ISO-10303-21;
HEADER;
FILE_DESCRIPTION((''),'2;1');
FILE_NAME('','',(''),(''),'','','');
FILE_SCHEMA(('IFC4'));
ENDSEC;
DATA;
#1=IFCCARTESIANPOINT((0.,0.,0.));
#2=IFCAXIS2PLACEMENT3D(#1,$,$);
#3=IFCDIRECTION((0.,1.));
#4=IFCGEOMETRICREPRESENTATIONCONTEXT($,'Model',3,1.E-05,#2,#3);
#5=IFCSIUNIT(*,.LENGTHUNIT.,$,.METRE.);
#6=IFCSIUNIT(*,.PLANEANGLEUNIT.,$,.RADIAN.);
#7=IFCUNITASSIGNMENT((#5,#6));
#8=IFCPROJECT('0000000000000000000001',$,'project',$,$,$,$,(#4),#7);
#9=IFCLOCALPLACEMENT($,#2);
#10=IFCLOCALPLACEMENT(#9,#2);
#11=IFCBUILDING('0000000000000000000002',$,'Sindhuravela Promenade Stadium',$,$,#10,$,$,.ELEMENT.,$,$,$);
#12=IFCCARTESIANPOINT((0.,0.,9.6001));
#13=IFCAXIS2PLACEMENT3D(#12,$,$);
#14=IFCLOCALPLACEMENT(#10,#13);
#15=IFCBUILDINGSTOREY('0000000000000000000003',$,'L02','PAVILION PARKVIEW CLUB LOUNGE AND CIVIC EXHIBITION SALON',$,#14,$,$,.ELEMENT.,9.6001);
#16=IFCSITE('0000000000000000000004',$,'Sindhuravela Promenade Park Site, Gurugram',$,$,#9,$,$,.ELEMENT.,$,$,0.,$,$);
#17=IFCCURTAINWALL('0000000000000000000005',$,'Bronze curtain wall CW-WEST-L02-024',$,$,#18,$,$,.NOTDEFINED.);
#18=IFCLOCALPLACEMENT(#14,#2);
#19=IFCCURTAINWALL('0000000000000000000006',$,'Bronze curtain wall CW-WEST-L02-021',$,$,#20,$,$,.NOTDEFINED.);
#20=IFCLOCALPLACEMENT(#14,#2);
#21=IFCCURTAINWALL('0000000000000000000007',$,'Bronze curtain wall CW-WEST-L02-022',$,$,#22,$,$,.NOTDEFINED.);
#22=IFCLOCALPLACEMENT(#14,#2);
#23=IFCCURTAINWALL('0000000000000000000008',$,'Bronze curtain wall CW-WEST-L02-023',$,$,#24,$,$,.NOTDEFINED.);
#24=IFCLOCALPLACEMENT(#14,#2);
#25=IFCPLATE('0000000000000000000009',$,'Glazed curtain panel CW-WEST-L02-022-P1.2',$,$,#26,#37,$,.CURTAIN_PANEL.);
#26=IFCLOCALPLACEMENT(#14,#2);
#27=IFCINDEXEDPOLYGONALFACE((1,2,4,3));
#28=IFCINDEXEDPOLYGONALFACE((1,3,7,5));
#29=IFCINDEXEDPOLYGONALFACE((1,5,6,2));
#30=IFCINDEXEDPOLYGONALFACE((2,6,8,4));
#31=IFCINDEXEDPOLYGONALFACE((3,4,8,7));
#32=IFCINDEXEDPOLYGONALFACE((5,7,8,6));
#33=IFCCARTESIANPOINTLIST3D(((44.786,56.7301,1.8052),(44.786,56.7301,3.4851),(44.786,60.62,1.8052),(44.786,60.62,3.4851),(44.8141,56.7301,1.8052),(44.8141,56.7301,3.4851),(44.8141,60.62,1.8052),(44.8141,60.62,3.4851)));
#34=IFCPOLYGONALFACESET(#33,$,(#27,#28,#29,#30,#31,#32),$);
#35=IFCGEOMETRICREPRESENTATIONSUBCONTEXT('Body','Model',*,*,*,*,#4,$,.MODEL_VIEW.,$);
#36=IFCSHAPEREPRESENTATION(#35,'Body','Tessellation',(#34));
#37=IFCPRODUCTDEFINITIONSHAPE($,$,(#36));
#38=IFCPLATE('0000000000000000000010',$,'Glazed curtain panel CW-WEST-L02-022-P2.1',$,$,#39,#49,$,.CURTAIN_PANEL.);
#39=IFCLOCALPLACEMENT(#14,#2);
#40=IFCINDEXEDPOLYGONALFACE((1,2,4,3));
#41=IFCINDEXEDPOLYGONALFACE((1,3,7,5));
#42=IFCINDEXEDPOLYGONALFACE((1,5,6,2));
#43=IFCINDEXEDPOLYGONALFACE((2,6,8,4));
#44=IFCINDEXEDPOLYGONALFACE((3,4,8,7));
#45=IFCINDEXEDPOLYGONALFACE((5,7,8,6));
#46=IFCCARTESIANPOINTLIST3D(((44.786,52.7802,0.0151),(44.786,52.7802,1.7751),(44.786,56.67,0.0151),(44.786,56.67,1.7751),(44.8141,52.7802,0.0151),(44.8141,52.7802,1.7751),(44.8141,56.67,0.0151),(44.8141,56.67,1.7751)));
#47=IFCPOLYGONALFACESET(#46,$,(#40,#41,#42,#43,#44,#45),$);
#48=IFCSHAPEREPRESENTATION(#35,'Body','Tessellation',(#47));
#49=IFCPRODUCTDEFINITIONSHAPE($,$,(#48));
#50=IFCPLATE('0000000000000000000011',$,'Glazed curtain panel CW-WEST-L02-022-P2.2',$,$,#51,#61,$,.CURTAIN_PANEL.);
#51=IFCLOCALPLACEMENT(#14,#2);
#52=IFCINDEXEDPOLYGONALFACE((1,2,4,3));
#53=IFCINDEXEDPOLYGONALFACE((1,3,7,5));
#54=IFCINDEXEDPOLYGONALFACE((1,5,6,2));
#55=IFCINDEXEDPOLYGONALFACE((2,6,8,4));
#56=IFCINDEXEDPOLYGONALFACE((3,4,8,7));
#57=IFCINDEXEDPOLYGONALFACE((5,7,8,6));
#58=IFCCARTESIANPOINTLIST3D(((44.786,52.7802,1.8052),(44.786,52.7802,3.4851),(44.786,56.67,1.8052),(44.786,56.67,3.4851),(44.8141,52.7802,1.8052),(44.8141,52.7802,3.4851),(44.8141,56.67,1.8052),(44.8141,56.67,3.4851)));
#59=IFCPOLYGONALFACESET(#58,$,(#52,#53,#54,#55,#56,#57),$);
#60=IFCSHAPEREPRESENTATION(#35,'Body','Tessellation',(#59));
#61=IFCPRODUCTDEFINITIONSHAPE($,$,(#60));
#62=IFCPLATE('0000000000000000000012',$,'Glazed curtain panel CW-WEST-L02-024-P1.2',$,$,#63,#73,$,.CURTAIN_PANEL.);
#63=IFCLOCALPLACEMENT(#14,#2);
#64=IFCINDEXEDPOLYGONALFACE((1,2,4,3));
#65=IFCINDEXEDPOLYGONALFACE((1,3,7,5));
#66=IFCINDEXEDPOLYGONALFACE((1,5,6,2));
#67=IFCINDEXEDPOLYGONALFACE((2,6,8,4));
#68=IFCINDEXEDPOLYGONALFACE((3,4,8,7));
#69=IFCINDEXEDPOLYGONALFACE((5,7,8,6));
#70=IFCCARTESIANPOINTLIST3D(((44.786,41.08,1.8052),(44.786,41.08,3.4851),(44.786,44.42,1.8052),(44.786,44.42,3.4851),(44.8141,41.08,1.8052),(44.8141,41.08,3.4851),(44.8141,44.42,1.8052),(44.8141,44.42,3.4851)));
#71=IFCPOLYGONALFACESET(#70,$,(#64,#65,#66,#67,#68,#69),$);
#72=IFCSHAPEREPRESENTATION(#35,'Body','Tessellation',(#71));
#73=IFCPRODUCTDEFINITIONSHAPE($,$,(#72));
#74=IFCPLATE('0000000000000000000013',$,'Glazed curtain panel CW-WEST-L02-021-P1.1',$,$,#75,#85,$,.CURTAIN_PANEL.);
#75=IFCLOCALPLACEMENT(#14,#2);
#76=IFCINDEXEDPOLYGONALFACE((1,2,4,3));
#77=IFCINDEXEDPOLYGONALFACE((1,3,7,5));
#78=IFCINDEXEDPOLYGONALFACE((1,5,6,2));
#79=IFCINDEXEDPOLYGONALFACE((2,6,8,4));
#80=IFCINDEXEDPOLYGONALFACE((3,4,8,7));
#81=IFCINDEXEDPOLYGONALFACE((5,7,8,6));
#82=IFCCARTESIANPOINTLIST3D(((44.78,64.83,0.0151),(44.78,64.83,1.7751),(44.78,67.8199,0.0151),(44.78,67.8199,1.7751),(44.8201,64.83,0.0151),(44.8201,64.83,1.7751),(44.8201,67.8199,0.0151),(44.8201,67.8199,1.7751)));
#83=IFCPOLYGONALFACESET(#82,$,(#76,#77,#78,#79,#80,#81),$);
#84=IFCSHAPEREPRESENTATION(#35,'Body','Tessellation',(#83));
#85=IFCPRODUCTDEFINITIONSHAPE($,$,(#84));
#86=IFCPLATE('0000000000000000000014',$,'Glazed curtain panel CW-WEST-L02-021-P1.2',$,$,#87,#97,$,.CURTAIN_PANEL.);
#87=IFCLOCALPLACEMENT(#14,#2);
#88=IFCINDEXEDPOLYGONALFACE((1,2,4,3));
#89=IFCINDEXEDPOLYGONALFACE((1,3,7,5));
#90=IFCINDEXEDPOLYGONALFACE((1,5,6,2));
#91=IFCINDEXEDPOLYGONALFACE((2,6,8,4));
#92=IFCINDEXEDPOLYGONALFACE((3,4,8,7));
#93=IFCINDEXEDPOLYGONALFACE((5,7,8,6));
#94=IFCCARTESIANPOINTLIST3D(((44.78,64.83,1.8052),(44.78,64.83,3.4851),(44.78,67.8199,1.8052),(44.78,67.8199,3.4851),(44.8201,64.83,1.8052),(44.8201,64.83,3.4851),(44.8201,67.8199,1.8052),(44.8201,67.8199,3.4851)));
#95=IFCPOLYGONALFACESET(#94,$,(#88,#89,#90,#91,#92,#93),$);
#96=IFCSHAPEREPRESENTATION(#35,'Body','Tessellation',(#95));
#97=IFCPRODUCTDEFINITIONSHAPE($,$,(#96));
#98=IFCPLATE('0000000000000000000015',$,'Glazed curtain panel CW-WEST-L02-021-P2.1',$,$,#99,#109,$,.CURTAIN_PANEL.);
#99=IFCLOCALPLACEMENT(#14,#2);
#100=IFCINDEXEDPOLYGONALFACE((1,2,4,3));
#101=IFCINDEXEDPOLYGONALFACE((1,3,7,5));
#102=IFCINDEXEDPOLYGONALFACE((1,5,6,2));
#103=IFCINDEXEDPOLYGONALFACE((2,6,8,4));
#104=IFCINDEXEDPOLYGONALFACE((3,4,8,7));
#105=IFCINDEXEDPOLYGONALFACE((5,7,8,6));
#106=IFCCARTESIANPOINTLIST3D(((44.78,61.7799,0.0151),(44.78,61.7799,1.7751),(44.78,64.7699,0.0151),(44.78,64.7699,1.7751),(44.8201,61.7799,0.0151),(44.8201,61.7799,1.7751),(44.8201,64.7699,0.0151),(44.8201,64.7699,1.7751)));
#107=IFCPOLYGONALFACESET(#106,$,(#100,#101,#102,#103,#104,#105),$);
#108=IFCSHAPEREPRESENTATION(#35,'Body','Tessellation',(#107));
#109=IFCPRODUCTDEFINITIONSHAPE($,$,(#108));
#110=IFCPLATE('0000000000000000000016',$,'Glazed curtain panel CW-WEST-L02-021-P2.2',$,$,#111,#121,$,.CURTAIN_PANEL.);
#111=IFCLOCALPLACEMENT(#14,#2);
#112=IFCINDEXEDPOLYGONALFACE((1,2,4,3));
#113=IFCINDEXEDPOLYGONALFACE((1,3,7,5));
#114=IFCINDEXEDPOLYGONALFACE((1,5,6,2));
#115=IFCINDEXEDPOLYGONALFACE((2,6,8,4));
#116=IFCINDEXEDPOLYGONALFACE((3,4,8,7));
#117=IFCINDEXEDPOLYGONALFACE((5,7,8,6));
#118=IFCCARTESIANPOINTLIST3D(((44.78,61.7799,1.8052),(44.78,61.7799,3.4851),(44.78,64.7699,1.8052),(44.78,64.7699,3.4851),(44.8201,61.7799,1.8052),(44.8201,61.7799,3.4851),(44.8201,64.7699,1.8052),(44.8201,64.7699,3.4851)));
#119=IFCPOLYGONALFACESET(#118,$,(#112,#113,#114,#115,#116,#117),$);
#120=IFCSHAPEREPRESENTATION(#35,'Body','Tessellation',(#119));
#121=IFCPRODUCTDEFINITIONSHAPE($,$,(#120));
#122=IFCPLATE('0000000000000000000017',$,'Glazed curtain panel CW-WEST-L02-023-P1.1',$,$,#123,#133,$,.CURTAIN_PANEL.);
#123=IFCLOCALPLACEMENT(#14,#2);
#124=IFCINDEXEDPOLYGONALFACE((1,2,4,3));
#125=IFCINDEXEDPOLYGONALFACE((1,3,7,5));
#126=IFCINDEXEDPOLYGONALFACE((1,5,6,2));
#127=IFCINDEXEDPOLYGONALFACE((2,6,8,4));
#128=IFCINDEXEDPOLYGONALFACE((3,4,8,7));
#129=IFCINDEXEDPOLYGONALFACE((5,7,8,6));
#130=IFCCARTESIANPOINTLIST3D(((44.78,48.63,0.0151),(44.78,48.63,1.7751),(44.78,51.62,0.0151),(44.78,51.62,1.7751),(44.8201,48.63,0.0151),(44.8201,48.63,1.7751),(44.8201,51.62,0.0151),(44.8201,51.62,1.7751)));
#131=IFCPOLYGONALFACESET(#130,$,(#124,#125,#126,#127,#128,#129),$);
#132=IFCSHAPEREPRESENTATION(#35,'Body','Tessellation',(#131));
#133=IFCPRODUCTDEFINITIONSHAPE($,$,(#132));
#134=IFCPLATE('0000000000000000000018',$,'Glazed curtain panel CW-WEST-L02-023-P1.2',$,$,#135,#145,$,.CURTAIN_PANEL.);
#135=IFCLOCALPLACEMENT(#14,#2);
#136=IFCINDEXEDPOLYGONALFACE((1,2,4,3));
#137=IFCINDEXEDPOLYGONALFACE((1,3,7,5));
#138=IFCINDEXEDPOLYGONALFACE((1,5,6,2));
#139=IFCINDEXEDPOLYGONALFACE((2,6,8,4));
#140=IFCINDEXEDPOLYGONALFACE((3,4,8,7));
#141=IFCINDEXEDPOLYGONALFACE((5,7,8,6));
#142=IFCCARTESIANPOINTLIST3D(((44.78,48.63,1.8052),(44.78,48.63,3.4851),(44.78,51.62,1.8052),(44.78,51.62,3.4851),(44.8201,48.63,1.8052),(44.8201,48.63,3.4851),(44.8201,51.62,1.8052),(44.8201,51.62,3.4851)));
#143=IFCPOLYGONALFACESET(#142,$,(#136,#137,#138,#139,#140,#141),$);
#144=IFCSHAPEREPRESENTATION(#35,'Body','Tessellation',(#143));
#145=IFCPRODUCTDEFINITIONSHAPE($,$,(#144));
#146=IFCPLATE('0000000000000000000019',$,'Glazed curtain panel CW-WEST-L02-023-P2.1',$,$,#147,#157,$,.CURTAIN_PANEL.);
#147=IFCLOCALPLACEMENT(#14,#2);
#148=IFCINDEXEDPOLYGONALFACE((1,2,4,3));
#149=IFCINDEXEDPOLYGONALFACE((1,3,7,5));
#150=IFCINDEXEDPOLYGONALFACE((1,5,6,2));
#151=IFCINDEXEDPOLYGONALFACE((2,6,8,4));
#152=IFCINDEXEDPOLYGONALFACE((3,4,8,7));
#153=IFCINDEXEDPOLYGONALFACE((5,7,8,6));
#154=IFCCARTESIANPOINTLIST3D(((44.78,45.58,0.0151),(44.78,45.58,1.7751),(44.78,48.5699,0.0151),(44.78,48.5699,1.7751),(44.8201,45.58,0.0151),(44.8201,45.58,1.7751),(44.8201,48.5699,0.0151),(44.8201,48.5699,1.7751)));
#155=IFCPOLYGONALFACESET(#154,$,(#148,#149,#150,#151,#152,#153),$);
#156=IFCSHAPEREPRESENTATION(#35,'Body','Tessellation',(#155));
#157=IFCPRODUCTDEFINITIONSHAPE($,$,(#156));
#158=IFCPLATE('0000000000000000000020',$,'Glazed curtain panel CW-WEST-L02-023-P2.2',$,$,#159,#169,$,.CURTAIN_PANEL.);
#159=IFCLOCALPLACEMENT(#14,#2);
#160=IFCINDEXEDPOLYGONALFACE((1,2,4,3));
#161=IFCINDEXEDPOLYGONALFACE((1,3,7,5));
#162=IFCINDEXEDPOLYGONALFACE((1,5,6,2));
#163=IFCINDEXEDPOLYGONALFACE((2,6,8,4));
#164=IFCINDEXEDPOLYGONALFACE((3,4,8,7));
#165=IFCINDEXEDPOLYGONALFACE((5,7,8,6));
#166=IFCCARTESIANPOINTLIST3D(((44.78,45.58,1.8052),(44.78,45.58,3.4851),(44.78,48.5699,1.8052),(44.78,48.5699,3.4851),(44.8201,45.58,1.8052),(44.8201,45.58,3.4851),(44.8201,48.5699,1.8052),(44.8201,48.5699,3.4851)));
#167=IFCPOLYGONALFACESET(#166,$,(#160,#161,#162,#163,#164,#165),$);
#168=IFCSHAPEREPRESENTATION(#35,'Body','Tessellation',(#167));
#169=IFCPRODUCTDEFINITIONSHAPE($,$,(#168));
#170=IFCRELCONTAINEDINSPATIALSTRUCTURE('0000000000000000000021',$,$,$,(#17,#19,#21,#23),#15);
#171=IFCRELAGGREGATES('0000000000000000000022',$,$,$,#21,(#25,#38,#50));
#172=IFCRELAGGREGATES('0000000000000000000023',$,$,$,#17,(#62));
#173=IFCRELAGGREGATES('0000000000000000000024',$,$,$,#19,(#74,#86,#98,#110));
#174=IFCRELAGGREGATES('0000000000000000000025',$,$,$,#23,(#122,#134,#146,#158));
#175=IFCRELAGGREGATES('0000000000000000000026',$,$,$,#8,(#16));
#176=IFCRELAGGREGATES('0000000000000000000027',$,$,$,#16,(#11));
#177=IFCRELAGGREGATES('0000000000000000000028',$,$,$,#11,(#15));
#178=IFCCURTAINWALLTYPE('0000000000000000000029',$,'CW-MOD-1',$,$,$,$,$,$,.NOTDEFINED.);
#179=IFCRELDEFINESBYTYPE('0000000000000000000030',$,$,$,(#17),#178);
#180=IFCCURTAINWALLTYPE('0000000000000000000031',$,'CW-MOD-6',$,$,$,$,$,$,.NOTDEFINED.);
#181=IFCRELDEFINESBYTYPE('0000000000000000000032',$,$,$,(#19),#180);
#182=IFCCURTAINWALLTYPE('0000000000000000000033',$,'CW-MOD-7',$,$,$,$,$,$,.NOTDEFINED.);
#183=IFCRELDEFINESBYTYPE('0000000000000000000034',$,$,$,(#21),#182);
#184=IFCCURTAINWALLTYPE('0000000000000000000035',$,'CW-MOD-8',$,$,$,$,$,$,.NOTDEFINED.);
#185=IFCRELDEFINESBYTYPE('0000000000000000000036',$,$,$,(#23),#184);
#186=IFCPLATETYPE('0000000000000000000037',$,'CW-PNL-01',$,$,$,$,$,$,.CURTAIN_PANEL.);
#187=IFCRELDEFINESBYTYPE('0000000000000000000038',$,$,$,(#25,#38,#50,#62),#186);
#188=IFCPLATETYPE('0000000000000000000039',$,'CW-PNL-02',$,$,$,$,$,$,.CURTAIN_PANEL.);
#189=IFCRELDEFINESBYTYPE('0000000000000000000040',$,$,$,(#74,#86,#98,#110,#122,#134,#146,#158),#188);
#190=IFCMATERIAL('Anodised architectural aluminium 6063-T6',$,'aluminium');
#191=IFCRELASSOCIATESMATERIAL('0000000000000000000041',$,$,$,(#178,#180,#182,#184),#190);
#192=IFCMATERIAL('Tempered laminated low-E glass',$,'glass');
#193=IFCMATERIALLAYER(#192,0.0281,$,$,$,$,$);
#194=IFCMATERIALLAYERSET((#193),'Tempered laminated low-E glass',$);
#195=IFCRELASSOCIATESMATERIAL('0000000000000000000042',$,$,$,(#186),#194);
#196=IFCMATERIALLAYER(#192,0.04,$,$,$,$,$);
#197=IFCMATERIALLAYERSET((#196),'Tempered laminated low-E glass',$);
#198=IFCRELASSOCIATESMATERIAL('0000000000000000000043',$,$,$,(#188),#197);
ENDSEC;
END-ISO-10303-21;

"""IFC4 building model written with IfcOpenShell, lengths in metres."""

from ifc_helpers import new_model, si_unit, direction, frame, origin, origin_2d, place, context, subcontext, project, spatial, rectangle, extrude, material, layer, layer_set, type_object, element, aggregate, save


model = new_model("IFC4")

# Units and contexts
model_context = context("Model", 3, precision=1e-05, world=origin(), true_north=direction((0.0, 1.0)))
body_context = subcontext(model_context, "Body", "Model", "MODEL_VIEW")
ifc_project = project(units=[si_unit("LENGTHUNIT", "METRE"), si_unit("PLANEANGLEUNIT", "RADIAN")], contexts=[model_context])

# Site, building, storey
site_placement = place(None, origin())
site = spatial("IfcSite", under=ifc_project, at=site_placement, Name="Sindhuravela Promenade Park Site, Gurugram", CompositionType="ELEMENT", RefElevation=0.0)
building_placement = place(site_placement, origin())
building = spatial("IfcBuilding", under=site, at=building_placement, Name="Sindhuravela Promenade Stadium", CompositionType="ELEMENT")
storey_placement = place(building_placement, frame((0.0, 0.0, 9.6001)))
storey = spatial("IfcBuildingStorey", under=building, at=storey_placement, Name="L02", Description="PAVILION PARKVIEW CLUB LOUNGE AND CIVIC EXHIBITION SALON", CompositionType="ELEMENT", Elevation=9.6001)

# Curtain wall
ifc_material_1 = material(Name="Anodised architectural aluminium 6063-T6", Category="aluminium")
curtain_wall_type_1 = type_object("IfcCurtainWallType", Name="CW-MOD-1", PredefinedType="NOTDEFINED", material=ifc_material_1)
curtain_wall_1_placement = place(storey_placement, origin())
curtain_wall_1 = element("IfcCurtainWall", 1, at=curtain_wall_1_placement, inside=storey, type_object=curtain_wall_type_1, Name="Bronze curtain wall CW-WEST-L02-024", PredefinedType="NOTDEFINED")

# Curtain walls
curtain_wall_type_2 = type_object("IfcCurtainWallType", Name="CW-MOD-6", PredefinedType="NOTDEFINED", material=ifc_material_1)
curtain_wall_2_placement = place(storey_placement, origin())
curtain_wall_2 = element("IfcCurtainWall", 2, at=curtain_wall_2_placement, inside=storey, type_object=curtain_wall_type_2, Name="Bronze curtain wall CW-WEST-L02-021", PredefinedType="NOTDEFINED")
curtain_wall_type_3 = type_object("IfcCurtainWallType", Name="CW-MOD-7", PredefinedType="NOTDEFINED", material=ifc_material_1)
curtain_wall_3_placement = place(storey_placement, origin())
curtain_wall_3 = element("IfcCurtainWall", 3, at=curtain_wall_3_placement, inside=storey, type_object=curtain_wall_type_3, Name="Bronze curtain wall CW-WEST-L02-022", PredefinedType="NOTDEFINED")
curtain_wall_type_4 = type_object("IfcCurtainWallType", Name="CW-MOD-8", PredefinedType="NOTDEFINED", material=ifc_material_1)
curtain_wall_4_placement = place(storey_placement, origin())
curtain_wall_4 = element("IfcCurtainWall", 4, at=curtain_wall_4_placement, inside=storey, type_object=curtain_wall_type_4, Name="Bronze curtain wall CW-WEST-L02-023", PredefinedType="NOTDEFINED")

# Plates
ifc_material_2 = material(Name="Tempered laminated low-E glass", Category="glass")
ifc_layer_1 = layer(ifc_material_2, 0.0281)
ifc_layer_set_1 = layer_set([ifc_layer_1], Name="Tempered laminated low-E glass")
plate_type_1 = type_object("IfcPlateType", Name="CW-PNL-01", PredefinedType="CURTAIN_PANEL", material=ifc_layer_set_1)
plate_1_placement = place(storey_placement, frame((44.8, 58.675, 1.8052), z_axis=(0.0, 0.0, 1.0), x_axis=(0.0, -1.0, 0.0)))
plate_1 = element("IfcPlate", 5, at=plate_1_placement, type_object=plate_type_1, Name="Glazed curtain panel CW-WEST-L02-022-P1.2", PredefinedType="CURTAIN_PANEL", context=body_context, shape_type="SweptSolid", body=[
    extrude(rectangle(XDim=3.8899, YDim=0.0281, at=origin_2d()), origin(), (0.0, 0.0, 1.0), 1.6799),
])
plate_2_placement = place(storey_placement, frame((44.8, 54.7251, 0.0151), z_axis=(0.0, 0.0, 1.0), x_axis=(0.0, -1.0, 0.0)))
plate_2 = element("IfcPlate", 6, at=plate_2_placement, type_object=plate_type_1, Name="Glazed curtain panel CW-WEST-L02-022-P2.1", PredefinedType="CURTAIN_PANEL", context=body_context, shape_type="SweptSolid", body=[
    extrude(rectangle(XDim=3.8899, YDim=0.0281, at=origin_2d()), origin(), (0.0, 0.0, 1.0), 1.76),
])
plate_3_placement = place(storey_placement, frame((44.8, 54.7251, 1.8052), z_axis=(0.0, 0.0, 1.0), x_axis=(0.0, -1.0, 0.0)))
plate_3 = element("IfcPlate", 7, at=plate_3_placement, type_object=plate_type_1, Name="Glazed curtain panel CW-WEST-L02-022-P2.2", PredefinedType="CURTAIN_PANEL", context=body_context, shape_type="SweptSolid", body=[
    extrude(rectangle(XDim=3.8899, YDim=0.0281, at=origin_2d()), origin(), (0.0, 0.0, 1.0), 1.6799),
])
aggregate(curtain_wall_3, [plate_1, plate_2, plate_3])
plate_4_placement = place(storey_placement, frame((44.8, 42.75, 1.8052), z_axis=(0.0, 0.0, 1.0), x_axis=(0.0, -1.0, 0.0)))
plate_4 = element("IfcPlate", 8, at=plate_4_placement, type_object=plate_type_1, Name="Glazed curtain panel CW-WEST-L02-024-P1.2", PredefinedType="CURTAIN_PANEL", context=body_context, shape_type="SweptSolid", body=[
    extrude(rectangle(XDim=3.3401, YDim=0.0281, at=origin_2d()), origin(), (0.0, 0.0, 1.0), 1.6799),
])
aggregate(curtain_wall_1, [plate_4])
ifc_layer_2 = layer(ifc_material_2, 0.04)
ifc_layer_set_2 = layer_set([ifc_layer_2], Name="Tempered laminated low-E glass")
plate_type_2 = type_object("IfcPlateType", Name="CW-PNL-02", PredefinedType="CURTAIN_PANEL", material=ifc_layer_set_2)
plate_5_placement = place(storey_placement, frame((44.8, 66.325, 0.0151), z_axis=(0.0, 0.0, 1.0), x_axis=(0.0, -1.0, 0.0)))
plate_5 = element("IfcPlate", 9, at=plate_5_placement, type_object=plate_type_2, Name="Glazed curtain panel CW-WEST-L02-021-P1.1", PredefinedType="CURTAIN_PANEL", context=body_context, shape_type="SweptSolid", body=[
    extrude(rectangle(XDim=2.99, YDim=0.04, at=origin_2d()), origin(), (0.0, 0.0, 1.0), 1.76),
])
plate_6_placement = place(storey_placement, frame((44.8, 66.325, 1.8052), z_axis=(0.0, 0.0, 1.0), x_axis=(0.0, -1.0, 0.0)))
plate_6 = element("IfcPlate", 10, at=plate_6_placement, type_object=plate_type_2, Name="Glazed curtain panel CW-WEST-L02-021-P1.2", PredefinedType="CURTAIN_PANEL", context=body_context, shape_type="SweptSolid", body=[
    extrude(rectangle(XDim=2.99, YDim=0.04, at=origin_2d()), origin(), (0.0, 0.0, 1.0), 1.6799),
])
plate_7_placement = place(storey_placement, frame((44.8, 63.2749, 0.0151), z_axis=(0.0, 0.0, 1.0), x_axis=(0.0, -1.0, 0.0)))
plate_7 = element("IfcPlate", 11, at=plate_7_placement, type_object=plate_type_2, Name="Glazed curtain panel CW-WEST-L02-021-P2.1", PredefinedType="CURTAIN_PANEL", context=body_context, shape_type="SweptSolid", body=[
    extrude(rectangle(XDim=2.99, YDim=0.04, at=origin_2d()), origin(), (0.0, 0.0, 1.0), 1.76),
])
plate_8_placement = place(storey_placement, frame((44.8, 63.2749, 1.8052), z_axis=(0.0, 0.0, 1.0), x_axis=(0.0, -1.0, 0.0)))
plate_8 = element("IfcPlate", 12, at=plate_8_placement, type_object=plate_type_2, Name="Glazed curtain panel CW-WEST-L02-021-P2.2", PredefinedType="CURTAIN_PANEL", context=body_context, shape_type="SweptSolid", body=[
    extrude(rectangle(XDim=2.99, YDim=0.04, at=origin_2d()), origin(), (0.0, 0.0, 1.0), 1.6799),
])
aggregate(curtain_wall_2, [plate_5, plate_6, plate_7, plate_8])
plate_9_placement = place(storey_placement, frame((44.8, 50.125, 0.0151), z_axis=(0.0, 0.0, 1.0), x_axis=(0.0, -1.0, 0.0)))
plate_9 = element("IfcPlate", 13, at=plate_9_placement, type_object=plate_type_2, Name="Glazed curtain panel CW-WEST-L02-023-P1.1", PredefinedType="CURTAIN_PANEL", context=body_context, shape_type="SweptSolid", body=[
    extrude(rectangle(XDim=2.99, YDim=0.04, at=origin_2d()), origin(), (0.0, 0.0, 1.0), 1.76),
])
plate_10_placement = place(storey_placement, frame((44.8, 50.125, 1.8052), z_axis=(0.0, 0.0, 1.0), x_axis=(0.0, -1.0, 0.0)))
plate_10 = element("IfcPlate", 14, at=plate_10_placement, type_object=plate_type_2, Name="Glazed curtain panel CW-WEST-L02-023-P1.2", PredefinedType="CURTAIN_PANEL", context=body_context, shape_type="SweptSolid", body=[
    extrude(rectangle(XDim=2.99, YDim=0.04, at=origin_2d()), origin(), (0.0, 0.0, 1.0), 1.6799),
])
plate_11_placement = place(storey_placement, frame((44.8, 47.075, 0.0151), z_axis=(0.0, 0.0, 1.0), x_axis=(0.0, -1.0, 0.0)))
plate_11 = element("IfcPlate", 15, at=plate_11_placement, type_object=plate_type_2, Name="Glazed curtain panel CW-WEST-L02-023-P2.1", PredefinedType="CURTAIN_PANEL", context=body_context, shape_type="SweptSolid", body=[
    extrude(rectangle(XDim=2.99, YDim=0.04, at=origin_2d()), origin(), (0.0, 0.0, 1.0), 1.76),
])
plate_12_placement = place(storey_placement, frame((44.8, 47.075, 1.8052), z_axis=(0.0, 0.0, 1.0), x_axis=(0.0, -1.0, 0.0)))
plate_12 = element("IfcPlate", 16, at=plate_12_placement, type_object=plate_type_2, Name="Glazed curtain panel CW-WEST-L02-023-P2.2", PredefinedType="CURTAIN_PANEL", context=body_context, shape_type="SweptSolid", body=[
    extrude(rectangle(XDim=2.99, YDim=0.04, at=origin_2d()), origin(), (0.0, 0.0, 1.0), 1.6799),
])
aggregate(curtain_wall_4, [plate_9, plate_10, plate_11, plate_12])

save(model, "model.ifc")
